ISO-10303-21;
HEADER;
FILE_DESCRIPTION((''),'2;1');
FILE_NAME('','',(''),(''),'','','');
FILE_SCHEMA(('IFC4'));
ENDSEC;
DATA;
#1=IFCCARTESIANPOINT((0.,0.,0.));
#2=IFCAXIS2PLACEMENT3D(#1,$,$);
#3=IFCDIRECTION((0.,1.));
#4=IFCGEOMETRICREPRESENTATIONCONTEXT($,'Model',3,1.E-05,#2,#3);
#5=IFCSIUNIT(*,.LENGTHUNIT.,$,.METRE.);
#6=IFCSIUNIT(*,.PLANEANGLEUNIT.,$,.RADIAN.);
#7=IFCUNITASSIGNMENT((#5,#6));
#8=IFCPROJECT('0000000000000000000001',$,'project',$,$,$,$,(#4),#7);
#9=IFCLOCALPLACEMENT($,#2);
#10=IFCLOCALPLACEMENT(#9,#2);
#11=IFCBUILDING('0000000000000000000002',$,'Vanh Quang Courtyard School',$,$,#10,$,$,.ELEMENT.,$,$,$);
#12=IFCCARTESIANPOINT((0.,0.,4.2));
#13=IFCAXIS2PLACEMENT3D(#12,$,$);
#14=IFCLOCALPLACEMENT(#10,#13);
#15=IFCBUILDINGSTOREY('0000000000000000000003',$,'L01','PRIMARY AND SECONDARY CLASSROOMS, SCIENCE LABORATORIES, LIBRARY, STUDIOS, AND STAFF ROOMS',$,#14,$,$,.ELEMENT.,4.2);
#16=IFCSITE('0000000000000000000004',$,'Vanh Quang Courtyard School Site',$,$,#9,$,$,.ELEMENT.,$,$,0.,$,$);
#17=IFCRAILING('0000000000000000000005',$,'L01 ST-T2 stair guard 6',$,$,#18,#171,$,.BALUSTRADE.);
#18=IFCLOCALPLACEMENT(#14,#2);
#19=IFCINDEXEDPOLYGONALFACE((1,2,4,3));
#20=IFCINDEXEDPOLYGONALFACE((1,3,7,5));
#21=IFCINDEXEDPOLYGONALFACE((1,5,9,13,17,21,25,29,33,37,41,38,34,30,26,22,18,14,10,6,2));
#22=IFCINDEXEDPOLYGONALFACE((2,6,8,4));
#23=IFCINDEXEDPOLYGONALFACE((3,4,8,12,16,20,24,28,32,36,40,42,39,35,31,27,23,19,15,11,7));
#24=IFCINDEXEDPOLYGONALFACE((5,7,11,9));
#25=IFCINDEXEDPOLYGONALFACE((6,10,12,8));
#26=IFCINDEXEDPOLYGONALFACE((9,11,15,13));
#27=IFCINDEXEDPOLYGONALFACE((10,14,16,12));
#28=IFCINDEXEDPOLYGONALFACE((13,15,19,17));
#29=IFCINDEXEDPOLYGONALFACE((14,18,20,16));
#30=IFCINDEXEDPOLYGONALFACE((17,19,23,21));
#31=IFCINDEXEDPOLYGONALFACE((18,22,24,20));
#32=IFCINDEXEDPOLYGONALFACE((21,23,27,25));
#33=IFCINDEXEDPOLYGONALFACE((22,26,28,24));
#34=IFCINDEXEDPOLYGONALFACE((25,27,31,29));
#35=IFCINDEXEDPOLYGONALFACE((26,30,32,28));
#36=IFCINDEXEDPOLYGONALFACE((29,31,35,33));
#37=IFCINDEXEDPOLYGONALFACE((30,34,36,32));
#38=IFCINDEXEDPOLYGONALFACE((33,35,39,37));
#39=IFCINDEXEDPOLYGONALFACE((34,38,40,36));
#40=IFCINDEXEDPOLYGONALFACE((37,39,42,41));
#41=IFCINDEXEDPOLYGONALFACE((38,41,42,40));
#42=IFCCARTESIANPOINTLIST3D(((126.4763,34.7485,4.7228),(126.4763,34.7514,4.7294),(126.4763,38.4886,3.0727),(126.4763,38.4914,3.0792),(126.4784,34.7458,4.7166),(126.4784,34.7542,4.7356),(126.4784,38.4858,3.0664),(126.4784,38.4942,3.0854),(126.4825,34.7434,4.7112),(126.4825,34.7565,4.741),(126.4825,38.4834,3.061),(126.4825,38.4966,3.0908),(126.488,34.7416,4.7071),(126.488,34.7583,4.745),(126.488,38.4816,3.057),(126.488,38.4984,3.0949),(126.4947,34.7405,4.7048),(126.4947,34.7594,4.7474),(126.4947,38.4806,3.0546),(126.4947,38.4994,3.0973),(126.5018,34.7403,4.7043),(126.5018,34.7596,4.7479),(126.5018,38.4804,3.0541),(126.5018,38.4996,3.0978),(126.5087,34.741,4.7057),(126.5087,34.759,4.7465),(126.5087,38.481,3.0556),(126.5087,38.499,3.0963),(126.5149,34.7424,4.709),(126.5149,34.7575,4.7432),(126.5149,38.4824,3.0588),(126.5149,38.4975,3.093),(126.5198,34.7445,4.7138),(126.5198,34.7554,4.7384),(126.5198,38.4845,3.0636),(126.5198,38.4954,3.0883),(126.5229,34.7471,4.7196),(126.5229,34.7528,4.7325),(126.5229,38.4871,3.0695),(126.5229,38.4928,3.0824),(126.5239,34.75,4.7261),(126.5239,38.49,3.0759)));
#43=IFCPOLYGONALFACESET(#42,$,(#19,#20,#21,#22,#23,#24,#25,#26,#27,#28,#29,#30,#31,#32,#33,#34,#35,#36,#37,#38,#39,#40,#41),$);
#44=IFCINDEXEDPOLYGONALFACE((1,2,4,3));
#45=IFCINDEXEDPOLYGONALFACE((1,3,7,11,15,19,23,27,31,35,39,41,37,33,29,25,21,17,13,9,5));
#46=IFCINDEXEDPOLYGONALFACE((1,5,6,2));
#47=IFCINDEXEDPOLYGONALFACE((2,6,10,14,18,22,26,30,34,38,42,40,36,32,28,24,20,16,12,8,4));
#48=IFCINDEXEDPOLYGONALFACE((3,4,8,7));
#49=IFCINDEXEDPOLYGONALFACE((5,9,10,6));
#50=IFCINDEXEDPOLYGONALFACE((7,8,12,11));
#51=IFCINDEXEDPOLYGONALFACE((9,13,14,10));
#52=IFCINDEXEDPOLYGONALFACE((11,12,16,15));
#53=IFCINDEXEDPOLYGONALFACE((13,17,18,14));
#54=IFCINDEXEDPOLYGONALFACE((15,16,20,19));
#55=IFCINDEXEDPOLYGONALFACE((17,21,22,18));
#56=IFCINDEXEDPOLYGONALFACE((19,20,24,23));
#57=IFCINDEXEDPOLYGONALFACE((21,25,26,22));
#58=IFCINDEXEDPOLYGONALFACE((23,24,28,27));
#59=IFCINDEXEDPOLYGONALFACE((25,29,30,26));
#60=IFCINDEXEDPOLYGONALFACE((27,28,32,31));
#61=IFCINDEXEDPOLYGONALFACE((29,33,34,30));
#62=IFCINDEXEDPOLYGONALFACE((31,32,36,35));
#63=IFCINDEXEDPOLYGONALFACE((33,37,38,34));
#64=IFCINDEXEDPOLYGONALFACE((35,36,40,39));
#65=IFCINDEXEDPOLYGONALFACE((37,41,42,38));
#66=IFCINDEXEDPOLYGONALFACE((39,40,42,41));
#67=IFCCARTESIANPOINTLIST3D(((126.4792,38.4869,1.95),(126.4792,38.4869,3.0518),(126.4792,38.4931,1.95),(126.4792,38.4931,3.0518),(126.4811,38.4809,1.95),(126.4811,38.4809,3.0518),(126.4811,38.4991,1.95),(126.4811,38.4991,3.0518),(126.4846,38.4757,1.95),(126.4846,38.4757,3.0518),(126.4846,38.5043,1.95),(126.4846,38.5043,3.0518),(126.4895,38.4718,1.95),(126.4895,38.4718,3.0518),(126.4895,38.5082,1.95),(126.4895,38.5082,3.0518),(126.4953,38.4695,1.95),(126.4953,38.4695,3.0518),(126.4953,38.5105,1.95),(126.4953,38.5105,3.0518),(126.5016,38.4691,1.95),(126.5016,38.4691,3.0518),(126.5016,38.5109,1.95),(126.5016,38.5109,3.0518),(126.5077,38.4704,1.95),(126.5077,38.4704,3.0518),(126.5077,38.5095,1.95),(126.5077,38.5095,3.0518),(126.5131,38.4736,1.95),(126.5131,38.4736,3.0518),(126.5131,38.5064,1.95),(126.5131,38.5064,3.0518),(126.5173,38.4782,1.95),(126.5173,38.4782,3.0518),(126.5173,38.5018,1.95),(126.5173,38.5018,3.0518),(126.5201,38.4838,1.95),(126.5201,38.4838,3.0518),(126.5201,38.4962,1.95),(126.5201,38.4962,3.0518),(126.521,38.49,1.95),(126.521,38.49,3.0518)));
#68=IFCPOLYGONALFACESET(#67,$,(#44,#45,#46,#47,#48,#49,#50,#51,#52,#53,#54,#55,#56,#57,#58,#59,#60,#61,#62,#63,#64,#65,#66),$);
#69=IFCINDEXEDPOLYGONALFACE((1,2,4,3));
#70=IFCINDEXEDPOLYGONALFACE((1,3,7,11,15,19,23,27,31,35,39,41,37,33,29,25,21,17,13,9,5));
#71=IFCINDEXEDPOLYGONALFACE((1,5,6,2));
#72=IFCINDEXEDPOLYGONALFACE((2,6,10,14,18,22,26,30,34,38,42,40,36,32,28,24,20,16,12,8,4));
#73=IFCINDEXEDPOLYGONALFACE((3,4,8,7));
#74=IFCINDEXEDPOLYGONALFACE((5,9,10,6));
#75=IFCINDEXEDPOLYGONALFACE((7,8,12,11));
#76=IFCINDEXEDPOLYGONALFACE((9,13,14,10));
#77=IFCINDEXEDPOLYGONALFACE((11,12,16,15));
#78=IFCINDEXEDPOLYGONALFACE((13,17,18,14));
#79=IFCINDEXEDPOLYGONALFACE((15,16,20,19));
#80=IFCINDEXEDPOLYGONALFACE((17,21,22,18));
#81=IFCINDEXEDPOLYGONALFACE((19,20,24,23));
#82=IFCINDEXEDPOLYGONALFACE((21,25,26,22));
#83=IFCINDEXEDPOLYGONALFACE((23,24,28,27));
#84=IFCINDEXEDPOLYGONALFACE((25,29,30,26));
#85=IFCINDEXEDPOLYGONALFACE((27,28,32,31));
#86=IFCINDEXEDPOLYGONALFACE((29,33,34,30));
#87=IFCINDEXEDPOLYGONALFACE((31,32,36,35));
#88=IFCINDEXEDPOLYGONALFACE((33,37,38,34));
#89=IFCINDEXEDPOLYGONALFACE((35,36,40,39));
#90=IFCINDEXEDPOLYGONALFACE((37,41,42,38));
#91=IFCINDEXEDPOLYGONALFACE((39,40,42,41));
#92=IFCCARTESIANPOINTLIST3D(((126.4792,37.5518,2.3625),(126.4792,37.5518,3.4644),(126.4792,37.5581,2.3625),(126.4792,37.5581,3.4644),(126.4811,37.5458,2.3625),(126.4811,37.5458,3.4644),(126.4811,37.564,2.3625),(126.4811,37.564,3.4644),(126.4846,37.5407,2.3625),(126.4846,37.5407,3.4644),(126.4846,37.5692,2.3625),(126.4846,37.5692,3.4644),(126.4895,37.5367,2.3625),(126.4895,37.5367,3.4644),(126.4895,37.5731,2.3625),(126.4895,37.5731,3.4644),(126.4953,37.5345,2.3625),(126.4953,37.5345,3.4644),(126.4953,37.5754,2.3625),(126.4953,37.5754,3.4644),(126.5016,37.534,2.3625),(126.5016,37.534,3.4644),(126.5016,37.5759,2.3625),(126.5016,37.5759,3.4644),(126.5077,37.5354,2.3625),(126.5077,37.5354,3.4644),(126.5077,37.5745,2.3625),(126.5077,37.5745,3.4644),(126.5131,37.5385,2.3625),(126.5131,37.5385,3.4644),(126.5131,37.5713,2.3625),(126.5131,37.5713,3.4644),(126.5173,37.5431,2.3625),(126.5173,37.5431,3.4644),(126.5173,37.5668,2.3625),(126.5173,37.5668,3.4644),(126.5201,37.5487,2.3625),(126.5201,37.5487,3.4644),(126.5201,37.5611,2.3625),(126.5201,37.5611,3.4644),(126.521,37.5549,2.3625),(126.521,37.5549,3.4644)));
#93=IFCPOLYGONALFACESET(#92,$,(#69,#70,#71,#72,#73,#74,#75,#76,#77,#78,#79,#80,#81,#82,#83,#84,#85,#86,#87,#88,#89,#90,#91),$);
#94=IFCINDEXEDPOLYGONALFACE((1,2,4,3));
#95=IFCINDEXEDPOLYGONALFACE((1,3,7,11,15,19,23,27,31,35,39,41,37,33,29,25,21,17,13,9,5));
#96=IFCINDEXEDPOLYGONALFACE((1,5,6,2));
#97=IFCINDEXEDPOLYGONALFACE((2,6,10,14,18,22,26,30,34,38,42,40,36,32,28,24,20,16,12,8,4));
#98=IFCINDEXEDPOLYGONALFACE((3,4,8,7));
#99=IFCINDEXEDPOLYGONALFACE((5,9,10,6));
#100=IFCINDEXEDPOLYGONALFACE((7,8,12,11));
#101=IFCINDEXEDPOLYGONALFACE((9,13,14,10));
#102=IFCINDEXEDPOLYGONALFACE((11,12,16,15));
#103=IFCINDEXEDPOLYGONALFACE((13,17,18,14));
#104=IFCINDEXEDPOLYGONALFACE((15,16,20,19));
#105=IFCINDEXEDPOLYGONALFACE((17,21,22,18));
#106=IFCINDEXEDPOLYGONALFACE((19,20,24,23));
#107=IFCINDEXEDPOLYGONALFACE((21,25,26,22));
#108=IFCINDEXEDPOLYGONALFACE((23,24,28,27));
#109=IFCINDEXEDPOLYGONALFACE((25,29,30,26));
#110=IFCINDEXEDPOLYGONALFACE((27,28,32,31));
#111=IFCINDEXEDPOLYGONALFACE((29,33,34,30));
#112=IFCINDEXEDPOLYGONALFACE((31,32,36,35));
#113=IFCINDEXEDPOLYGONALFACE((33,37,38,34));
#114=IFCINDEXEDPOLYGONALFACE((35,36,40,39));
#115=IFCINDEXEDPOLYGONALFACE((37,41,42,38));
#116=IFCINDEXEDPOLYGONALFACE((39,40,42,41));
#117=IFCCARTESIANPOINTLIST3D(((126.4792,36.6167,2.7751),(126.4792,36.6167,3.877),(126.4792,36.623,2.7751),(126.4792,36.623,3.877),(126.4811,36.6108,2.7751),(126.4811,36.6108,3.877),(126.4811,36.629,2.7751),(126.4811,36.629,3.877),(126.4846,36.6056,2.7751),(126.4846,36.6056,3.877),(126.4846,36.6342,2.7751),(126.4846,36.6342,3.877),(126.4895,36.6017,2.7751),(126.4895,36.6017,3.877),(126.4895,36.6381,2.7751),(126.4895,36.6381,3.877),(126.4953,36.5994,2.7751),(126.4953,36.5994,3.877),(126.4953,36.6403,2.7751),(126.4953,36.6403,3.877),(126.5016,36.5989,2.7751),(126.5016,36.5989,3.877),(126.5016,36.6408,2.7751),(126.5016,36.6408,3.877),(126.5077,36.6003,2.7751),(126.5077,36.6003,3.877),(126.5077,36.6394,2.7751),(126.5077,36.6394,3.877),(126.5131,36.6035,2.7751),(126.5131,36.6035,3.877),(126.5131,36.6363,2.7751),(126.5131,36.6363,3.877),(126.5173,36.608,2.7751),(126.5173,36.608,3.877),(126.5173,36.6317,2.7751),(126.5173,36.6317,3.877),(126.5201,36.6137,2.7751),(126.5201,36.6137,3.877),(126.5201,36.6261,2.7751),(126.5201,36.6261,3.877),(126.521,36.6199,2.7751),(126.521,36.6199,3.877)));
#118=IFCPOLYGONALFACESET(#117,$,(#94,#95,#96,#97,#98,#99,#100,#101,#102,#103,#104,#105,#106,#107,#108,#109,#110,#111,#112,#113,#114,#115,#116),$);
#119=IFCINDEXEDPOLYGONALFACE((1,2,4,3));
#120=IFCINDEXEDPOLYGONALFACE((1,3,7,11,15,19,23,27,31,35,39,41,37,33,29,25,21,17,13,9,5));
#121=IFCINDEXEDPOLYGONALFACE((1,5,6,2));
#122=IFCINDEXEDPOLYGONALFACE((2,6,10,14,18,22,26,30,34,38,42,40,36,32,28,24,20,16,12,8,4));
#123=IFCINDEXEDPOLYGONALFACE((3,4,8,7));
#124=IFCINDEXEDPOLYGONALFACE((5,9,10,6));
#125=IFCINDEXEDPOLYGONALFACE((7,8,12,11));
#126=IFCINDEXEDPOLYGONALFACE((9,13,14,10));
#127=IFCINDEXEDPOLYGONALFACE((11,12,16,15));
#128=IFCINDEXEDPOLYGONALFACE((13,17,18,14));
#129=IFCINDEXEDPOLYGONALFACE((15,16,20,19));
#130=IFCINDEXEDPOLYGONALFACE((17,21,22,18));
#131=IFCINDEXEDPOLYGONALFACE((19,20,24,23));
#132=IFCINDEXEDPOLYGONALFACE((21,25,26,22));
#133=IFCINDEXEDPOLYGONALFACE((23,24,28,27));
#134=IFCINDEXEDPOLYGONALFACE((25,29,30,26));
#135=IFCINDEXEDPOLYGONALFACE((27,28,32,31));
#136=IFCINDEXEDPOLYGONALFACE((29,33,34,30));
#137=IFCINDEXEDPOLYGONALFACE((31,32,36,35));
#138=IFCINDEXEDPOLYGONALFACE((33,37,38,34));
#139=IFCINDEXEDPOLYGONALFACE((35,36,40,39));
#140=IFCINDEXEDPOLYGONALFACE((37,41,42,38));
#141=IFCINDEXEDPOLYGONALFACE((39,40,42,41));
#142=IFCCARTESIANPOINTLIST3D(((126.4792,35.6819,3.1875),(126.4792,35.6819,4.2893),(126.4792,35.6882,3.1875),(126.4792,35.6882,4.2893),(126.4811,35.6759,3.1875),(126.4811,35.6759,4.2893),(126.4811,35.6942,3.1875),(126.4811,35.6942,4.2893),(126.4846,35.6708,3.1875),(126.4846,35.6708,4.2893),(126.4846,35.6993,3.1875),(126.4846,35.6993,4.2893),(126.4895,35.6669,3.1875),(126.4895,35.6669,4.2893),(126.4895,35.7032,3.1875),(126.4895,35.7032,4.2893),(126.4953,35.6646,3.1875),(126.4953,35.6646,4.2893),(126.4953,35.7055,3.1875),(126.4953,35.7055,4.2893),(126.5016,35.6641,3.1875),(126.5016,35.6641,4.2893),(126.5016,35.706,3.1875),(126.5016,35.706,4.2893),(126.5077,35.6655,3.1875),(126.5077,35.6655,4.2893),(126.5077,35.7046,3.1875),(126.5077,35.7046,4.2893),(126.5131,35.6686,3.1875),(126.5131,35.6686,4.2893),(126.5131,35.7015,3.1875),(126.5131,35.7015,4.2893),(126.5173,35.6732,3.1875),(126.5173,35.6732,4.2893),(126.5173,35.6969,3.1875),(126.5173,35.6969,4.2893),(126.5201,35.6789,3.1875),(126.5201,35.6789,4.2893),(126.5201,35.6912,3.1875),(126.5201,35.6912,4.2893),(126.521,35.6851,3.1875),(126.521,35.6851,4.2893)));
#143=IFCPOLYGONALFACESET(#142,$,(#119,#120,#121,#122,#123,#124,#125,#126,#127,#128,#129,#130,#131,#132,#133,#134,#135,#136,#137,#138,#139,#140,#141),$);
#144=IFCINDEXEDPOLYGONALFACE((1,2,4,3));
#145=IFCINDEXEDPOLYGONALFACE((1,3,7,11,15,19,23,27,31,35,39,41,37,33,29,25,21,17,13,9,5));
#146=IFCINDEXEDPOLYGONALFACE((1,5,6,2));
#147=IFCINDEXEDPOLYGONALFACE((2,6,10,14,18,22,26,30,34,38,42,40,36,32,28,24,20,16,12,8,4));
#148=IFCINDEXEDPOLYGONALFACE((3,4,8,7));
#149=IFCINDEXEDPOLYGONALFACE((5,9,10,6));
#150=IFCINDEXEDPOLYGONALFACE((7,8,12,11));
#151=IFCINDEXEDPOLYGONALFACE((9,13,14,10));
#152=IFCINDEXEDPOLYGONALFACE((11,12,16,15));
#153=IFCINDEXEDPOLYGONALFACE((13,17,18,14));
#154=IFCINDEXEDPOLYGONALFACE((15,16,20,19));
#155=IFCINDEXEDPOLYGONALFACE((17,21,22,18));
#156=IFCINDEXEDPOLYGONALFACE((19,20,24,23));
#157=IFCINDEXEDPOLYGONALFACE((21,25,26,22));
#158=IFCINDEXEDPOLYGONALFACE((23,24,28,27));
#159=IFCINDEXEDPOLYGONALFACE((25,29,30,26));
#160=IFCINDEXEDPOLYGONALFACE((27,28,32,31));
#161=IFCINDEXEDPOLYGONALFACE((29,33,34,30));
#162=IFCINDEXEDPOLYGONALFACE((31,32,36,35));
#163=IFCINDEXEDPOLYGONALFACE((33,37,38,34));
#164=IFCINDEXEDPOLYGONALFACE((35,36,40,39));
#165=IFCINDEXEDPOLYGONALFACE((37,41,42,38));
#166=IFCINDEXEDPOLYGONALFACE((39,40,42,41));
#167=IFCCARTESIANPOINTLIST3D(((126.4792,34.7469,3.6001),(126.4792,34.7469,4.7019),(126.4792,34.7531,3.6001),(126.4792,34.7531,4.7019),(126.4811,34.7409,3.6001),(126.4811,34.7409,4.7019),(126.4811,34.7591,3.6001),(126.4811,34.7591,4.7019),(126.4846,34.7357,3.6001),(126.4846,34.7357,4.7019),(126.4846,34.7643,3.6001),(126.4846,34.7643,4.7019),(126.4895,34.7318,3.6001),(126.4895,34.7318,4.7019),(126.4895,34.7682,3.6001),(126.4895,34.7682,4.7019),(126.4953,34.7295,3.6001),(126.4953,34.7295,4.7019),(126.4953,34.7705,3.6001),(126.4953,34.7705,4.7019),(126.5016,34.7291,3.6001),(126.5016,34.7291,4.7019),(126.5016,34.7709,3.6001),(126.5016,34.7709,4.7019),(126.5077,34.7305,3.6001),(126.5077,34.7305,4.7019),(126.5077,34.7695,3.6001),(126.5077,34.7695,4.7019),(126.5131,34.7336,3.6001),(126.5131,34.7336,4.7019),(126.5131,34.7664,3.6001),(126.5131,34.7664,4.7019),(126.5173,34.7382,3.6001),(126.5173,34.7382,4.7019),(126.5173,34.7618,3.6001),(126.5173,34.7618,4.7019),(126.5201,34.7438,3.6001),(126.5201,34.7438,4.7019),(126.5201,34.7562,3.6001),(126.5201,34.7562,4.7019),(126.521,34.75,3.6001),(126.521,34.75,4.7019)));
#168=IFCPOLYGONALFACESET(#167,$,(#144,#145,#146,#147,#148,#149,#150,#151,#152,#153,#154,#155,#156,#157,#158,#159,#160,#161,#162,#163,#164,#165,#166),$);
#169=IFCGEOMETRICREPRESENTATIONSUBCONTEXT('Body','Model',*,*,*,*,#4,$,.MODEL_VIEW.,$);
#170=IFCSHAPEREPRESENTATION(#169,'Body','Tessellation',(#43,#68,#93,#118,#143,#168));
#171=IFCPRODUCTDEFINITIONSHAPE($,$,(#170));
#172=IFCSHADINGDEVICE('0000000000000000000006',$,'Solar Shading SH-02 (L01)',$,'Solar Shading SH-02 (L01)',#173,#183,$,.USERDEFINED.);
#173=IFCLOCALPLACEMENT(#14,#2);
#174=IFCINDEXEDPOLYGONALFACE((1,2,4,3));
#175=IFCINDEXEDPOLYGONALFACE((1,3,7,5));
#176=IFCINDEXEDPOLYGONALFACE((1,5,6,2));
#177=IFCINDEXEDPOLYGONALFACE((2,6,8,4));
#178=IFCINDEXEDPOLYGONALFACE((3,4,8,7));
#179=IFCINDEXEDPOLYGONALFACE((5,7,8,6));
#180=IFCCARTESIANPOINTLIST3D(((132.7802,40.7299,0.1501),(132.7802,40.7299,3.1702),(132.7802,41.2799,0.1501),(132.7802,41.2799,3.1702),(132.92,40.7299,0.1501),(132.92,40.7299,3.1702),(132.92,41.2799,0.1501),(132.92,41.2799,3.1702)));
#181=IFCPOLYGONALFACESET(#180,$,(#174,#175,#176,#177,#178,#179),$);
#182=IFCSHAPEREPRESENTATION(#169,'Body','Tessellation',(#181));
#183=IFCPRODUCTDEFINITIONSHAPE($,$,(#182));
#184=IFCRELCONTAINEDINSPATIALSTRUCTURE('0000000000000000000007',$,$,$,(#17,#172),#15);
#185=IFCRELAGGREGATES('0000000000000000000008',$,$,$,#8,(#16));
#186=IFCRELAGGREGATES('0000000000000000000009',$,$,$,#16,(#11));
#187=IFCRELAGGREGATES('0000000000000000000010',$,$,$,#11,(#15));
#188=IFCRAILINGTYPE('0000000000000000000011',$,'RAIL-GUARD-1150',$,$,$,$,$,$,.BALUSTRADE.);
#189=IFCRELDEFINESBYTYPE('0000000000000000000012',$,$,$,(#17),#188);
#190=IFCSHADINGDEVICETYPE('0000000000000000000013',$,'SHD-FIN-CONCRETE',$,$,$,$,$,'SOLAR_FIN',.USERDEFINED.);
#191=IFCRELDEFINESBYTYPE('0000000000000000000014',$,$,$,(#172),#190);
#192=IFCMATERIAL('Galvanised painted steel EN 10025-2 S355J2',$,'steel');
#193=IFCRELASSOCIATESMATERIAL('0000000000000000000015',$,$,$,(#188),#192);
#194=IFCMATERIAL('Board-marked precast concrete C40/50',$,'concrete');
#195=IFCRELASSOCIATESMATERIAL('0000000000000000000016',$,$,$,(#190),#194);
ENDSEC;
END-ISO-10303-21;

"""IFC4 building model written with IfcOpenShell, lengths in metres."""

from ifc_helpers import new_model, si_unit, direction, frame, origin, origin_2d, place, context, subcontext, project, spatial, rectangle, circle, extrude, material, type_object, element, save


model = new_model("IFC4")

# Units and contexts
model_context = context("Model", 3, precision=1e-05, world=origin(), true_north=direction((0.0, 1.0)))
body_context = subcontext(model_context, "Body", "Model", "MODEL_VIEW")
ifc_project = project(units=[si_unit("LENGTHUNIT", "METRE"), si_unit("PLANEANGLEUNIT", "RADIAN")], contexts=[model_context])

# Site, building, storey
site_placement = place(None, origin())
site = spatial("IfcSite", under=ifc_project, at=site_placement, Name="Vanh Quang Courtyard School Site", CompositionType="ELEMENT", RefElevation=0.0)
building_placement = place(site_placement, origin())
building = spatial("IfcBuilding", under=site, at=building_placement, Name="Vanh Quang Courtyard School", CompositionType="ELEMENT")
storey_placement = place(building_placement, frame((0.0, 0.0, 4.2)))
storey = spatial("IfcBuildingStorey", under=building, at=storey_placement, Name="L01", Description="PRIMARY AND SECONDARY CLASSROOMS, SCIENCE LABORATORIES, LIBRARY, STUDIOS, AND STAFF ROOMS", CompositionType="ELEMENT", Elevation=4.2)

# Railing
ifc_material_1 = material(Name="Galvanised painted steel EN 10025-2 S355J2", Category="steel")
railing_type = type_object("IfcRailingType", Name="RAIL-GUARD-1150", PredefinedType="BALUSTRADE", material=ifc_material_1)
railing_1_placement = place(storey_placement, frame((126.5, 38.49, 1.95)))
element("IfcRailing", 1, at=railing_1_placement, inside=storey, type_object=railing_type, Name="L01 ST-T2 stair guard 6", PredefinedType="BALUSTRADE", context=body_context, shape_type="SweptSolid", body=[
    extrude(circle(Radius=0.0239, at=origin_2d()), frame((0.0, 0.0, 1.126), z_axis=(0.0, -0.914904, 0.403671), x_axis=(1.0, 0.0, 0.0)), (0.0, 0.0, 1.0), 4.0879),
    extrude(circle(Radius=0.021, at=origin_2d()), origin(), (0.0, 0.0, 1.0), 1.1018),
    extrude(circle(Radius=0.021, at=origin_2d()), frame((0.0, -0.9351, 0.4126)), (0.0, 0.0, 1.0), 1.1018),
    extrude(circle(Radius=0.021, at=origin_2d()), frame((0.0, -1.8701, 0.8252)), (0.0, 0.0, 1.0), 1.1018),
    extrude(circle(Radius=0.021, at=origin_2d()), frame((0.0, -2.8049, 1.2375)), (0.0, 0.0, 1.0), 1.1018),
    extrude(circle(Radius=0.021, at=origin_2d()), frame((0.0, -3.74, 1.6501)), (0.0, 0.0, 1.0), 1.1018),
])

# Shading device
ifc_material_2 = material(Name="Board-marked precast concrete C40/50", Category="concrete")
shading_device_type = type_object("IfcShadingDeviceType", Name="SHD-FIN-CONCRETE", ElementType="SOLAR_FIN", PredefinedType="USERDEFINED", material=ifc_material_2)
shading_device_placement = place(storey_placement, frame((132.8501, 41.0049, 0.1501), z_axis=(0.0, 0.0, 1.0), x_axis=(-1.0, 0.0, 0.0)))
element("IfcShadingDevice", 2, at=shading_device_placement, inside=storey, type_object=shading_device_type, Name="Solar Shading SH-02 (L01)", ObjectType="Solar Shading SH-02 (L01)", PredefinedType="USERDEFINED", context=body_context, shape_type="SweptSolid", body=[
    extrude(rectangle(XDim=0.1399, YDim=0.55, at=origin_2d()), origin(), (0.0, 0.0, 1.0), 3.02),
])

save(model, "model.ifc")
